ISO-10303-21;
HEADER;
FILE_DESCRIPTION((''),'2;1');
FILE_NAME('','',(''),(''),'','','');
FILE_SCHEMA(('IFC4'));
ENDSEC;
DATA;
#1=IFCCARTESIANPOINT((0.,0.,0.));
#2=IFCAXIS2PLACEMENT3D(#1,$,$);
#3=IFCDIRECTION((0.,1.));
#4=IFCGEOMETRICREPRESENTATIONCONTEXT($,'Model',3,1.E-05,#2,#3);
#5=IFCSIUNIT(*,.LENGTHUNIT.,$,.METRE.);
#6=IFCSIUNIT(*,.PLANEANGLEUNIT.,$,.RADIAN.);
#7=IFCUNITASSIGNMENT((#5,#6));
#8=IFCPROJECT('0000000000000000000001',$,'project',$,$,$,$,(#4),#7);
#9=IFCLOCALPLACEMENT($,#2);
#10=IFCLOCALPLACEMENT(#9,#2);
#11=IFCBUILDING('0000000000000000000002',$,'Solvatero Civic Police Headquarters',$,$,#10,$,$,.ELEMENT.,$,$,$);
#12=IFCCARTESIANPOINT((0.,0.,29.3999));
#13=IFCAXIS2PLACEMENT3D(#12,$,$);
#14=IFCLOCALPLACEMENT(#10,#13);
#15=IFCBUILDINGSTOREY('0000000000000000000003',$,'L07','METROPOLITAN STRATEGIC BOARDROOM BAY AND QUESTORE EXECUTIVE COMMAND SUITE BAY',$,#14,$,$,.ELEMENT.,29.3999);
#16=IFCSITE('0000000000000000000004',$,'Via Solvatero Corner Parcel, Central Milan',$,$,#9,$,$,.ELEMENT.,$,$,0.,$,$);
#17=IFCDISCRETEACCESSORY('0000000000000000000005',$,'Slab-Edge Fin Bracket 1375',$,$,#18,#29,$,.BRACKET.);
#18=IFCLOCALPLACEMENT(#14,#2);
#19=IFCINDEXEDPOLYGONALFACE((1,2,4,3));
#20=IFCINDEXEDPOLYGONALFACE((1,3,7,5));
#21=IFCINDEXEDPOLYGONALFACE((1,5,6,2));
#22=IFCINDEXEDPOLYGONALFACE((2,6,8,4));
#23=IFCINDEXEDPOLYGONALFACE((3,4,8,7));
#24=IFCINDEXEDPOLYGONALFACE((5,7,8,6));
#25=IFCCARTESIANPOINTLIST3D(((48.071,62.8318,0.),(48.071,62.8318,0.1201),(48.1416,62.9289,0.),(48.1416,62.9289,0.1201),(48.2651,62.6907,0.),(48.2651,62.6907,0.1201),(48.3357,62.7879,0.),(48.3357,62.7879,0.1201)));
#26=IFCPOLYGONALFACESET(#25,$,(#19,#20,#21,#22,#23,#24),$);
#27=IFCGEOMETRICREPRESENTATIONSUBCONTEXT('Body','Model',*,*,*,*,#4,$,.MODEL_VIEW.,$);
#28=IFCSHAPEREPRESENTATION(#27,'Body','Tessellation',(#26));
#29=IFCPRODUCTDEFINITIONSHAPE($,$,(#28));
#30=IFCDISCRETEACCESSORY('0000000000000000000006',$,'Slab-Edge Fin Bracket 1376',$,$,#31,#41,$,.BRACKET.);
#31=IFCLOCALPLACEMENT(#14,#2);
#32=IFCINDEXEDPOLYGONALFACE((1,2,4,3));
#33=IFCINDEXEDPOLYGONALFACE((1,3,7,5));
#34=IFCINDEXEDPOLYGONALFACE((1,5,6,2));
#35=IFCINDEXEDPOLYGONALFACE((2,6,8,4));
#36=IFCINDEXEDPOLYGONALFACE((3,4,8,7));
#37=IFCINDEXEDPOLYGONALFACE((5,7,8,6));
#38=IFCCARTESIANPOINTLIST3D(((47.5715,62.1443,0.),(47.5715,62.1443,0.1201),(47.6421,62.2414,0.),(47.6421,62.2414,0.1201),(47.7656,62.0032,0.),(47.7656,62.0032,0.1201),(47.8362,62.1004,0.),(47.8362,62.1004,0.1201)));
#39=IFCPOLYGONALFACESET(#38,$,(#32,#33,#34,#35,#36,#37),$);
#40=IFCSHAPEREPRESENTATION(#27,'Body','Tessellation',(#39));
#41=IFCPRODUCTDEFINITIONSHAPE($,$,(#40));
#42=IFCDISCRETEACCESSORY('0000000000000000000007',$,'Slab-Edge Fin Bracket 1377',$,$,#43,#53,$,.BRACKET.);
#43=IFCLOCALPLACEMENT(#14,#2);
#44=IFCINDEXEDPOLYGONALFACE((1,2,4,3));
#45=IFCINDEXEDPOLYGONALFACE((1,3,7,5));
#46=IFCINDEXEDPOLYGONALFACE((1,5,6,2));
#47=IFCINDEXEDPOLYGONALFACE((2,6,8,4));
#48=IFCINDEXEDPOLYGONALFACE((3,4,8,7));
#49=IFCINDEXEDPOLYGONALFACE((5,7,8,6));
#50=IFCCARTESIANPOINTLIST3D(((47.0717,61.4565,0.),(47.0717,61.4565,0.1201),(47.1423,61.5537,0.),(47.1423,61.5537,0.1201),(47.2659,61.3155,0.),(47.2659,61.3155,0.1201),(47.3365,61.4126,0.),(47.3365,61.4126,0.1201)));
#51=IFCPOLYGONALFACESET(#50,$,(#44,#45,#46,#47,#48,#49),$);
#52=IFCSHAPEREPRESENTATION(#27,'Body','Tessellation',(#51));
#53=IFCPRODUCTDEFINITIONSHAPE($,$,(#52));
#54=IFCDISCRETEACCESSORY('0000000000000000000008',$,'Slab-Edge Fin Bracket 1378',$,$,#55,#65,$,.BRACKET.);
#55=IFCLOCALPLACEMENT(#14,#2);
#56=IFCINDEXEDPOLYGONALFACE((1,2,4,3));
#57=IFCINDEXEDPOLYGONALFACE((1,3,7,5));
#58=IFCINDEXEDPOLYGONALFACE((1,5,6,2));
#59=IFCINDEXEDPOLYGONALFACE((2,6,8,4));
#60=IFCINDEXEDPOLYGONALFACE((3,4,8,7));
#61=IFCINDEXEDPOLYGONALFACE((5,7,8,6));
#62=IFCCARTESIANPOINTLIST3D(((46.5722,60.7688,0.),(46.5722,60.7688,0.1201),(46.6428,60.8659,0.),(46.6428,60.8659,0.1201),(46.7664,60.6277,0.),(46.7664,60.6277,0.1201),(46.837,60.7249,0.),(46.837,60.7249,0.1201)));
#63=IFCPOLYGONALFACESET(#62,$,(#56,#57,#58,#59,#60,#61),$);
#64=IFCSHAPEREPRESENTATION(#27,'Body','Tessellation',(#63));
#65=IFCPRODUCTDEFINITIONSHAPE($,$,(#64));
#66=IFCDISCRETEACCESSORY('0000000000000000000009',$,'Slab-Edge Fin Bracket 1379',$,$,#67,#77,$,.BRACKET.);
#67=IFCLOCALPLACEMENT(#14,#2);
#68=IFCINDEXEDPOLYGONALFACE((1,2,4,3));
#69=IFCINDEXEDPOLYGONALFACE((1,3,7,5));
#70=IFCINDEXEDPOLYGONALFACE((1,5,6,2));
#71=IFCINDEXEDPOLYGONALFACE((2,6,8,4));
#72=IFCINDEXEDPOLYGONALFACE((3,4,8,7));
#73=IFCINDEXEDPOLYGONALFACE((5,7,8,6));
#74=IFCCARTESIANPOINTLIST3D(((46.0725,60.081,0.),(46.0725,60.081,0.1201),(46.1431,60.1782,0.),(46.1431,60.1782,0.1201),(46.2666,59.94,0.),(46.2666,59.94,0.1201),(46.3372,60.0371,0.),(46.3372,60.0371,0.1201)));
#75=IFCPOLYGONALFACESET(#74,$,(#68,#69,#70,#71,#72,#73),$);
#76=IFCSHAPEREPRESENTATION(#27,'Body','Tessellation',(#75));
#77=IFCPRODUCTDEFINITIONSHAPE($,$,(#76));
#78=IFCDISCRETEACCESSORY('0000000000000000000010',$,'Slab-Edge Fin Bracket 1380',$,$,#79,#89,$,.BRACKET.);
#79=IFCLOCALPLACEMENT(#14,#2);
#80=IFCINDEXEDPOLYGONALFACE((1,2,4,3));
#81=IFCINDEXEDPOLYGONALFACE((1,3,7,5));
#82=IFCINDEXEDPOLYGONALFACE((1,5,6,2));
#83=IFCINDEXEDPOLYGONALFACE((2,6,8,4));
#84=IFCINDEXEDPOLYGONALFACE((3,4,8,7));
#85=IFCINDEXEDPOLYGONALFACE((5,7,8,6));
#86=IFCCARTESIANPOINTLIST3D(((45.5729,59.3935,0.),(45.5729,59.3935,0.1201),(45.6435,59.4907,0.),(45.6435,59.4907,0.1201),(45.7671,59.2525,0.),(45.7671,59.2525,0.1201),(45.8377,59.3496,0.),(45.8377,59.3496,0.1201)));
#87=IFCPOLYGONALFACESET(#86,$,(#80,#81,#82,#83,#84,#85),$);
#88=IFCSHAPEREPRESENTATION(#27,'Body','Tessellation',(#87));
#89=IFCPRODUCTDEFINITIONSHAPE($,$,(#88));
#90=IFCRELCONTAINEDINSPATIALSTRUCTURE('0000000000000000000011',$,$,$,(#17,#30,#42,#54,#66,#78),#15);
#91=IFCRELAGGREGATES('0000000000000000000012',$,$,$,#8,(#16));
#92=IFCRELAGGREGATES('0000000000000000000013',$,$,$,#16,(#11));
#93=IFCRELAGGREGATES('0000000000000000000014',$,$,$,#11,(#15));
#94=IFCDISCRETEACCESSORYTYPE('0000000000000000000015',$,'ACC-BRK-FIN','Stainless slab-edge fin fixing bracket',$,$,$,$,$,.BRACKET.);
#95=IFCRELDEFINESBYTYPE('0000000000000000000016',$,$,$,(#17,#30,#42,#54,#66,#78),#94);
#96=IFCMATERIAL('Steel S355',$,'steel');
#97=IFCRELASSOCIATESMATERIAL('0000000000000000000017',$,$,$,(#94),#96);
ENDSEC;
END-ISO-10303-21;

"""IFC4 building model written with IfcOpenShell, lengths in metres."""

from ifc_helpers import new_model, si_unit, direction, frame, origin, origin_2d, place, context, subcontext, project, spatial, rectangle, extrude, material, type_object, element, save


model = new_model("IFC4")

# Units and contexts
model_context = context("Model", 3, precision=1e-05, world=origin(), true_north=direction((0.0, 1.0)))
body_context = subcontext(model_context, "Body", "Model", "MODEL_VIEW")
ifc_project = project(units=[si_unit("LENGTHUNIT", "METRE"), si_unit("PLANEANGLEUNIT", "RADIAN")], contexts=[model_context])

# Site, building, storey
site_placement = place(None, origin())
site = spatial("IfcSite", under=ifc_project, at=site_placement, Name="Via Solvatero Corner Parcel, Central Milan", CompositionType="ELEMENT", RefElevation=0.0)
building_placement = place(site_placement, origin())
building = spatial("IfcBuilding", under=site, at=building_placement, Name="Solvatero Civic Police Headquarters", CompositionType="ELEMENT")
storey_placement = place(building_placement, frame((0.0, 0.0, 29.3999)))
storey = spatial("IfcBuildingStorey", under=building, at=storey_placement, Name="L07", Description="METROPOLITAN STRATEGIC BOARDROOM BAY AND QUESTORE EXECUTIVE COMMAND SUITE BAY", CompositionType="ELEMENT", Elevation=29.3999)

# Discrete accessories
ifc_material_1 = material(Name="Steel S355", Category="steel")
discrete_accessory_type = type_object("IfcDiscreteAccessoryType", Name="ACC-BRK-FIN", Description="Stainless slab-edge fin fixing bracket", PredefinedType="BRACKET", material=ifc_material_1)
for number, where, z_axis, x_axis, name in (
    (1, (48.2034, 62.8098, 0.0), (0.0, 0.0, 1.0), (-0.587785, -0.809017, 0.0), "Slab-Edge Fin Bracket 1375"),
    (2, (47.7039, 62.1223, 0.0), (0.0, 0.0, 1.0), (-0.587785, -0.809017, 0.0), "Slab-Edge Fin Bracket 1376"),
    (3, (47.2041, 61.4346, 0.0), (0.0, 0.0, 1.0), (-0.587785, -0.809017, 0.0), "Slab-Edge Fin Bracket 1377"),
    (4, (46.7046, 60.7468, 0.0), (0.0, 0.0, 1.0), (-0.587785, -0.809017, 0.0), "Slab-Edge Fin Bracket 1378"),
    (5, (46.2048, 60.0591, 0.0), (0.0, 0.0, 1.0), (-0.587785, -0.809017, 0.0), "Slab-Edge Fin Bracket 1379"),
    (6, (45.7053, 59.3716, 0.0), (0.0, 0.0, 1.0), (-0.587785, -0.809017, 0.0), "Slab-Edge Fin Bracket 1380"),
):
    element("IfcDiscreteAccessory", number, at=place(storey_placement, frame(where, z_axis=z_axis, x_axis=x_axis)), inside=storey, type_object=discrete_accessory_type, Name=name, PredefinedType="BRACKET", context=body_context, shape_type="SweptSolid", body=[
        extrude(rectangle(XDim=0.1201, YDim=0.24, at=origin_2d()), origin(), (0.0, 0.0, 1.0), 0.1201),
    ])

save(model, "model.ifc")
